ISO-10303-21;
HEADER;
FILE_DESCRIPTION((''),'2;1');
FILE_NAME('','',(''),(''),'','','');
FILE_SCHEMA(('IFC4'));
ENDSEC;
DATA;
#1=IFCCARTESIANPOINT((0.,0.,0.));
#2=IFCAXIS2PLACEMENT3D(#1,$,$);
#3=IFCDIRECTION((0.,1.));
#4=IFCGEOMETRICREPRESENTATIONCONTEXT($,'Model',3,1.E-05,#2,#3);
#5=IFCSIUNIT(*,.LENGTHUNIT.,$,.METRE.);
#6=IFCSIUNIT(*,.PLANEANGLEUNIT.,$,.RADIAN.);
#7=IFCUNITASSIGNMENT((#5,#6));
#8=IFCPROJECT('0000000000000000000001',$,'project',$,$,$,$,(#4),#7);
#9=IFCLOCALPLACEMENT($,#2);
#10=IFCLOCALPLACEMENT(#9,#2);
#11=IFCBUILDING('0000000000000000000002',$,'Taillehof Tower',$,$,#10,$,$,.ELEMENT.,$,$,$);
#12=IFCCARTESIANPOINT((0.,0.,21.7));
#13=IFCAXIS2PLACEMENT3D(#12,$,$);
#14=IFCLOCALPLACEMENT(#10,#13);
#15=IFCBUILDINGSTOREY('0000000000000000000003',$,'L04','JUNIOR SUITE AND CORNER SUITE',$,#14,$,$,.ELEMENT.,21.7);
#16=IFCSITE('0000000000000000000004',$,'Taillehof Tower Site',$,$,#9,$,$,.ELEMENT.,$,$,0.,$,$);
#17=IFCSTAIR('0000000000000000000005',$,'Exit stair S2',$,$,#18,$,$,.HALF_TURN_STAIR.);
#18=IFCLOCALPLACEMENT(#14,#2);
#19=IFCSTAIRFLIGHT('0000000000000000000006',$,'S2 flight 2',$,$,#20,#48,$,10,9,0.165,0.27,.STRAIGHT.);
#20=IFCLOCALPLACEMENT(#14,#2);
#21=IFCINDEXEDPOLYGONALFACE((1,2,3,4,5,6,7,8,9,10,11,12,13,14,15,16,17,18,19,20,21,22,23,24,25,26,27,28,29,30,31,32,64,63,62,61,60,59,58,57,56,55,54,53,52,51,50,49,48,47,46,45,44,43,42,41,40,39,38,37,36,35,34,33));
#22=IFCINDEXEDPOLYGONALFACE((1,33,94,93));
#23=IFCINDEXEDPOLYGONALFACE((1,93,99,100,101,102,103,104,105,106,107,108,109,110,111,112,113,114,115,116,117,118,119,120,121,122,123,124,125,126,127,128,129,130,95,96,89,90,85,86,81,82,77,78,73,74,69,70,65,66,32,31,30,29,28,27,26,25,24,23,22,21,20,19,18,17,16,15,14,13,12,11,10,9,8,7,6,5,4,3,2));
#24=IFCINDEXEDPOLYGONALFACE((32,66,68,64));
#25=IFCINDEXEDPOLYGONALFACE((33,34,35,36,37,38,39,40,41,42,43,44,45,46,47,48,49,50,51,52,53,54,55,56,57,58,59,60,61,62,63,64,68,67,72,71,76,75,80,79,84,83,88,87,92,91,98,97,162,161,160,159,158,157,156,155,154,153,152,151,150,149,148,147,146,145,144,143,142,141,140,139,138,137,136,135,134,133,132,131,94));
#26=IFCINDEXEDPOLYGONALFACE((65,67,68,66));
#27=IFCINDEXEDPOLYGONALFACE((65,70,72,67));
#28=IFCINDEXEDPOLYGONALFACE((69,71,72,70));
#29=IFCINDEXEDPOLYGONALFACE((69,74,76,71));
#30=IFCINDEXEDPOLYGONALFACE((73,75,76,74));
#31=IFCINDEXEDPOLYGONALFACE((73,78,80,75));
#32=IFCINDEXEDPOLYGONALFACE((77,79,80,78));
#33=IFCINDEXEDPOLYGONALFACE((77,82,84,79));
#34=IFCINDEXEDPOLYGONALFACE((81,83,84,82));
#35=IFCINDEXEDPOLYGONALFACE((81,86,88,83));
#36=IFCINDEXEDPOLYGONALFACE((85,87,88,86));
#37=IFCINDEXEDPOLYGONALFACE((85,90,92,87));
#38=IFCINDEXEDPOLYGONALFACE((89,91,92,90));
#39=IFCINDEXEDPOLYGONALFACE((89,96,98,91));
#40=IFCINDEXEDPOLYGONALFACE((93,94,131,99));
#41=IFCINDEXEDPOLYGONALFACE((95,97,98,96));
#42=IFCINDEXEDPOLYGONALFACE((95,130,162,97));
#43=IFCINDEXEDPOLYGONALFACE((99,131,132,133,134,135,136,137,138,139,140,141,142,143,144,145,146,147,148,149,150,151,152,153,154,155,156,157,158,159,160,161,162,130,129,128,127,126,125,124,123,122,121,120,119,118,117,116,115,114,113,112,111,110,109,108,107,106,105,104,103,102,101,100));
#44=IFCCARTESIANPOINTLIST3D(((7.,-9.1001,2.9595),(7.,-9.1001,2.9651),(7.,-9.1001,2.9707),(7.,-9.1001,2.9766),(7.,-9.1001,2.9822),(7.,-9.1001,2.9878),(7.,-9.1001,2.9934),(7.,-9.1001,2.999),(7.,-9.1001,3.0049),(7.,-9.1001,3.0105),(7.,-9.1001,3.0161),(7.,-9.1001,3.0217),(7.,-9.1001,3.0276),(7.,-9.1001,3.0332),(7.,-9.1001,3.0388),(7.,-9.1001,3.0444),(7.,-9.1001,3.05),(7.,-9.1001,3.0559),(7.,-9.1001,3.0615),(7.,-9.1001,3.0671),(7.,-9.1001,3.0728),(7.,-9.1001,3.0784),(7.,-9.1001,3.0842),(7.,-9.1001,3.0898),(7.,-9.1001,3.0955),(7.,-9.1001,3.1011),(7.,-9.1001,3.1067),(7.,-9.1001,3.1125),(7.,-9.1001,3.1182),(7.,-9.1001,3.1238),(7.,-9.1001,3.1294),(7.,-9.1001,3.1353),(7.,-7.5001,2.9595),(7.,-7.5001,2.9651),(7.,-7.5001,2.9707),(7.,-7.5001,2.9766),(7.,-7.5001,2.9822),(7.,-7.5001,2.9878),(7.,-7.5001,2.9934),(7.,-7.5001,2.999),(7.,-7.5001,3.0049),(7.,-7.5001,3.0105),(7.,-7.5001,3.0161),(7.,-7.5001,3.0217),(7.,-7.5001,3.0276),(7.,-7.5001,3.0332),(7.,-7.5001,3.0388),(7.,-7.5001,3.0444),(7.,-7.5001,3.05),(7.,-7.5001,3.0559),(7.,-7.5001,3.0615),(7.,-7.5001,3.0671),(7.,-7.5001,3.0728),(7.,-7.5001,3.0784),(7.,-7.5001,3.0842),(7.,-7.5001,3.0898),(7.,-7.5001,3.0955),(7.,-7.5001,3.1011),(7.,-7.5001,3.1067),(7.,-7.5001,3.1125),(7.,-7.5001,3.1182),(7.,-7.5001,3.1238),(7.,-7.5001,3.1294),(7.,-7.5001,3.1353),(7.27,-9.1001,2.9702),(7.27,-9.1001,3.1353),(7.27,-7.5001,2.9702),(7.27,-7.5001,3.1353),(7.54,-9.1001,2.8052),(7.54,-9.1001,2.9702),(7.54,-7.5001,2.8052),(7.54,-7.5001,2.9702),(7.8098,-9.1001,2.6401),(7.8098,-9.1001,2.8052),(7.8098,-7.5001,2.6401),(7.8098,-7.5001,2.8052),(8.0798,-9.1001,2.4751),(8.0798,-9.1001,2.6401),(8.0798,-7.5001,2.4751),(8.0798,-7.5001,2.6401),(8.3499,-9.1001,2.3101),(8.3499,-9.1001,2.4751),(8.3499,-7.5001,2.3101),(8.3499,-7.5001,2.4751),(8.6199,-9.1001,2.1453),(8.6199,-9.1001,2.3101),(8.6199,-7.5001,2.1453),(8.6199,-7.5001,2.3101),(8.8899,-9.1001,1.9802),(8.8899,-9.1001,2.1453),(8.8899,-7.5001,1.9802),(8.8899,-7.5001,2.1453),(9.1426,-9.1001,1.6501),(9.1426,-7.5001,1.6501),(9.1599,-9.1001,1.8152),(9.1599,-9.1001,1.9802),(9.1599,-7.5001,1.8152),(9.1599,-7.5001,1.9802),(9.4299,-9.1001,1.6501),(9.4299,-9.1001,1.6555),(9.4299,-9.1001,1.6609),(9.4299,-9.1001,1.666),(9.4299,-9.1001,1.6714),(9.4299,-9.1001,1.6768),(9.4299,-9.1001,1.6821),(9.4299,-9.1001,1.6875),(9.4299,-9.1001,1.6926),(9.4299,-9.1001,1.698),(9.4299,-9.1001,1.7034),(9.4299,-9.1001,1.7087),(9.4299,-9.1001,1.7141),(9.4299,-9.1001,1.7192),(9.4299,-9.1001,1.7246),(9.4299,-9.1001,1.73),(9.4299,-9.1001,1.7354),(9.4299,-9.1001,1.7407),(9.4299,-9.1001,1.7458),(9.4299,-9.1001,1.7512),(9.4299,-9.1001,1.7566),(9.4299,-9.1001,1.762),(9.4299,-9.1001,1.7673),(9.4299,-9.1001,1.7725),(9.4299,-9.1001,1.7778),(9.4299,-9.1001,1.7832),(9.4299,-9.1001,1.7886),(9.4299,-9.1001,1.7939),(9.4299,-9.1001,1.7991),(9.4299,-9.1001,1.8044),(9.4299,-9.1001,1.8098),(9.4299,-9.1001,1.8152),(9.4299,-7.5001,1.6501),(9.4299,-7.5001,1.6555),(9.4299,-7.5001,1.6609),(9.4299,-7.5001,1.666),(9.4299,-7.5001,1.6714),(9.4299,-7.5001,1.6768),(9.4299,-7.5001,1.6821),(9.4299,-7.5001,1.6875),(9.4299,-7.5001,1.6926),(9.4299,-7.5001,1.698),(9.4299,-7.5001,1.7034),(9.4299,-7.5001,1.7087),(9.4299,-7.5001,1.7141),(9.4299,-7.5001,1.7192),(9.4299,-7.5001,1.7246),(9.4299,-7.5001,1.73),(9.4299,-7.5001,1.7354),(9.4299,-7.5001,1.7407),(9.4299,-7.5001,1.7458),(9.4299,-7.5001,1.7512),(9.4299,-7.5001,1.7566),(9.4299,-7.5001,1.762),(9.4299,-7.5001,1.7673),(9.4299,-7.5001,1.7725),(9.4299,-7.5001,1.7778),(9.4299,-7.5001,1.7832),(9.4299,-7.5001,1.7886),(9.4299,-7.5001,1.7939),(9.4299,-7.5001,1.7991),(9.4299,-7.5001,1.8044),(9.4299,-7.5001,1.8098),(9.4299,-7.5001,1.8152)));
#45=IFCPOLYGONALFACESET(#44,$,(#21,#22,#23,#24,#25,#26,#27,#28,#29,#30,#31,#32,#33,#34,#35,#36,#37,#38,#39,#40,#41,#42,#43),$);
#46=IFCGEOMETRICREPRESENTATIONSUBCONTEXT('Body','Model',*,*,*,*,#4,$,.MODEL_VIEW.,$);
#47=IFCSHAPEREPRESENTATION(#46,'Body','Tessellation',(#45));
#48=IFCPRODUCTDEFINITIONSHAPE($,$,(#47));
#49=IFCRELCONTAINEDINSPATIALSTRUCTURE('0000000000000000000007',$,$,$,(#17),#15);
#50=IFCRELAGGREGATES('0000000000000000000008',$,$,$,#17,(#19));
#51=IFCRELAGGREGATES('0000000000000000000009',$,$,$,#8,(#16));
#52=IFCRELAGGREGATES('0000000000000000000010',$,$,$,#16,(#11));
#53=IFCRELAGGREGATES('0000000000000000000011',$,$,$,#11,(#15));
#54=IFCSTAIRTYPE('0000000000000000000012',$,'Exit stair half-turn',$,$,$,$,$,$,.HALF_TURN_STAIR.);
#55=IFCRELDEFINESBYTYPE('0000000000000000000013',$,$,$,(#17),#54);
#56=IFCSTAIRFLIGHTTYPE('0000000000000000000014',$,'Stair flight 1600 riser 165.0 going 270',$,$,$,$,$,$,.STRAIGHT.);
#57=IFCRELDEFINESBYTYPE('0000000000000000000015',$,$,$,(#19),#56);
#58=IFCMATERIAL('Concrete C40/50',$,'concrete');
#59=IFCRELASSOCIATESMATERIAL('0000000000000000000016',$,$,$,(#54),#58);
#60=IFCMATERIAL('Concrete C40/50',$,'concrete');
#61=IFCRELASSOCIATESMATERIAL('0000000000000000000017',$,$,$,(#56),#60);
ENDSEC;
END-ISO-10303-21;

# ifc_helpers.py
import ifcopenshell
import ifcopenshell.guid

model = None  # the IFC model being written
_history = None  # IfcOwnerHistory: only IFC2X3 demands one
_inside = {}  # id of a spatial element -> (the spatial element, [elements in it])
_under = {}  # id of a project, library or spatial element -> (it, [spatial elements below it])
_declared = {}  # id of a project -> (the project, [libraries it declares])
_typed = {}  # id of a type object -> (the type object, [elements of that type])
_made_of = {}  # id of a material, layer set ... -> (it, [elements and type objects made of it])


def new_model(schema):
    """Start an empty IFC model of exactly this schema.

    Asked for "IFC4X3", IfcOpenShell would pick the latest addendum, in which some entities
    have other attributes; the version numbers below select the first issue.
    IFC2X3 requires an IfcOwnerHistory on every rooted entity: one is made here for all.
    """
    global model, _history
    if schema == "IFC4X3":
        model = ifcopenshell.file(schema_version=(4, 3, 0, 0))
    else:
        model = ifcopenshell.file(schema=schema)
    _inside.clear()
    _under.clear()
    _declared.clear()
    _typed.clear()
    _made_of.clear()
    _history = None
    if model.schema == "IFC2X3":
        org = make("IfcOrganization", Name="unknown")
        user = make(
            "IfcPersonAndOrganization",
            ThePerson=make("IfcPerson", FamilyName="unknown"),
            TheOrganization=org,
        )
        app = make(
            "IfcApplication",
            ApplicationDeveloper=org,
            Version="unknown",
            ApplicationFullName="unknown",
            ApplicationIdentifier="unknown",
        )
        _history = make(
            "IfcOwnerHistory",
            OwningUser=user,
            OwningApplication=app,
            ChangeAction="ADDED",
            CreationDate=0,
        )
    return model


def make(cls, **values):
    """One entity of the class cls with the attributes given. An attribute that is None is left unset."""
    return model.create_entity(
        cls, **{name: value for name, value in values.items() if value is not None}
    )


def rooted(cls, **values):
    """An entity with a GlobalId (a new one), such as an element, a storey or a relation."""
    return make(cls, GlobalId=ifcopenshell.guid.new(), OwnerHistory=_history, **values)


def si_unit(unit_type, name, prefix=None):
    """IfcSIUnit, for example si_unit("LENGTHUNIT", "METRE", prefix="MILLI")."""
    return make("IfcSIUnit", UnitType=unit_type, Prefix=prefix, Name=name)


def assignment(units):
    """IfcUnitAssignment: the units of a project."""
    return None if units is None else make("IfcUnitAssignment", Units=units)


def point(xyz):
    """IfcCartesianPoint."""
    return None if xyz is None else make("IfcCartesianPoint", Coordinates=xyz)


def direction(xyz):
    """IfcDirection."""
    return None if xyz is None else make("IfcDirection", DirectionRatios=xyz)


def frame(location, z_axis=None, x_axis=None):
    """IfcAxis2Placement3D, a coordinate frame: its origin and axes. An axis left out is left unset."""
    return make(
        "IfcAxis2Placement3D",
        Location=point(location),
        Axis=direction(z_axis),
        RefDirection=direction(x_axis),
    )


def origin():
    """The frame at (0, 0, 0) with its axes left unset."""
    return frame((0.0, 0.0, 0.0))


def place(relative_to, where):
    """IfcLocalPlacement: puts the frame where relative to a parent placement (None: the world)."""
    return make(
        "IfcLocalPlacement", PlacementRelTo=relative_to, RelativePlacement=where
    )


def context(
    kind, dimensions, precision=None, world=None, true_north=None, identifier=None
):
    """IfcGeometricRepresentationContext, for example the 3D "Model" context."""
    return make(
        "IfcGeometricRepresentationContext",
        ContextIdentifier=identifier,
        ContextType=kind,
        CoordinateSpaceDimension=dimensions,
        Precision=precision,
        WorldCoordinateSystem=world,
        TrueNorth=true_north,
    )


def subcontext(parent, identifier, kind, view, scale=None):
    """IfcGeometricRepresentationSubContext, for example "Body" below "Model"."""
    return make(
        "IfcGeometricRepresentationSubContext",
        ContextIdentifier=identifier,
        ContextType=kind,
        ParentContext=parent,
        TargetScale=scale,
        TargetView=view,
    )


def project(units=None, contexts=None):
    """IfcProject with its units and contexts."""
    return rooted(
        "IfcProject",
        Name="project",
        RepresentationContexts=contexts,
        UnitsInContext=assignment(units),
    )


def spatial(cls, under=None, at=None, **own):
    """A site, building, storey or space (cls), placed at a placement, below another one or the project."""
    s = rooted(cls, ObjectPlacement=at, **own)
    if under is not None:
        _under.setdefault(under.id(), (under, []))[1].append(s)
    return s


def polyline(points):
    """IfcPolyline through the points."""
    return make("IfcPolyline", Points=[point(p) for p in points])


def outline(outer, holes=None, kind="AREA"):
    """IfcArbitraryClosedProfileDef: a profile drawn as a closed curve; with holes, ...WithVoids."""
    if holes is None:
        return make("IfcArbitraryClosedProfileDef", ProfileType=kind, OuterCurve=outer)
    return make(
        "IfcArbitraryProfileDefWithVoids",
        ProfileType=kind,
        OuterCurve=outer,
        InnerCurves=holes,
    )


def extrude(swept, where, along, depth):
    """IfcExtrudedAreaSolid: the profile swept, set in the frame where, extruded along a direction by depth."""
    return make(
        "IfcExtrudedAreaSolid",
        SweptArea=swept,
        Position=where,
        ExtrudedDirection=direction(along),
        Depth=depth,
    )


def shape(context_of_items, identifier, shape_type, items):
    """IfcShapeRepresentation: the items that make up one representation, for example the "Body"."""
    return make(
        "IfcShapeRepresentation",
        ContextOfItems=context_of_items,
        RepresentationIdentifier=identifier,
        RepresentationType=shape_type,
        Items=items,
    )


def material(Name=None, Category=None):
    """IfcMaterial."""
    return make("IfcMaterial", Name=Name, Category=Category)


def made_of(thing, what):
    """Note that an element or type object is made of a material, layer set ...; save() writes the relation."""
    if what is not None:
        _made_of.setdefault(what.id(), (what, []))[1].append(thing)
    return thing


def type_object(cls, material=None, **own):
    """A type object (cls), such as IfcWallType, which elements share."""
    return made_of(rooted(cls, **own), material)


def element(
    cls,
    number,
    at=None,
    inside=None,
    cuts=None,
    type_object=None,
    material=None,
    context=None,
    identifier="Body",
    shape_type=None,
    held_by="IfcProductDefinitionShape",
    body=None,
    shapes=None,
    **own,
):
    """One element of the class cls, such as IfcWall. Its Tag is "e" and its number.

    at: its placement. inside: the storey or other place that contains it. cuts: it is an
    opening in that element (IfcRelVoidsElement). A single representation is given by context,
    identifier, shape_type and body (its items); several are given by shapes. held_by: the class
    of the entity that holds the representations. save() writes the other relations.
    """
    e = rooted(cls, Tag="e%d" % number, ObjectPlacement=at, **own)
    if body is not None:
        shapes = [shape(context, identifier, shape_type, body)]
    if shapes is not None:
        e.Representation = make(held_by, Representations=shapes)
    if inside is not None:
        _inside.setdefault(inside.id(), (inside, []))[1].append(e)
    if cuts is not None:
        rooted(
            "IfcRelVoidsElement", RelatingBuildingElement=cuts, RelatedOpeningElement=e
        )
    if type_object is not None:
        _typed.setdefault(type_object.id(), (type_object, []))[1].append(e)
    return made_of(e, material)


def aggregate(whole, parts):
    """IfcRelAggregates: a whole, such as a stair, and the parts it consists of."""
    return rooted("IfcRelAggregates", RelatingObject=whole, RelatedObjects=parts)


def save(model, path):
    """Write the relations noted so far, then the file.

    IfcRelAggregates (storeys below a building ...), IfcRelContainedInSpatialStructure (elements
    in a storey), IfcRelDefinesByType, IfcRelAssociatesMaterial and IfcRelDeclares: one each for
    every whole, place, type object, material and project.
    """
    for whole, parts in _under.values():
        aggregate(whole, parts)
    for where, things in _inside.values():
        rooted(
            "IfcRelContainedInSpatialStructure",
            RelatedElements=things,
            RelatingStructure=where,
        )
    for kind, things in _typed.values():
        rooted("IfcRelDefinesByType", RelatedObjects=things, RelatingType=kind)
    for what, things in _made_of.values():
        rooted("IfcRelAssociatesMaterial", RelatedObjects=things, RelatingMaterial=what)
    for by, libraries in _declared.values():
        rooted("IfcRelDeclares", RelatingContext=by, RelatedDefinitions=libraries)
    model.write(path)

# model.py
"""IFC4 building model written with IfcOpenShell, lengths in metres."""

from ifc_helpers import new_model, si_unit, direction, frame, origin, place, context, subcontext, project, spatial, polyline, outline, extrude, material, type_object, element, aggregate, save


model = new_model("IFC4")

# Units and contexts
model_context = context("Model", 3, precision=1e-05, world=origin(), true_north=direction((0.0, 1.0)))
body_context = subcontext(model_context, "Body", "Model", "MODEL_VIEW")
ifc_project = project(units=[si_unit("LENGTHUNIT", "METRE"), si_unit("PLANEANGLEUNIT", "RADIAN")], contexts=[model_context])

# Site, building, storey
site_placement = place(None, origin())
site = spatial("IfcSite", under=ifc_project, at=site_placement, Name="Taillehof Tower Site", CompositionType="ELEMENT", RefElevation=0.0)
building_placement = place(site_placement, origin())
building = spatial("IfcBuilding", under=site, at=building_placement, Name="Taillehof Tower", CompositionType="ELEMENT")
storey_placement = place(building_placement, frame((0.0, 0.0, 21.7)))
storey = spatial("IfcBuildingStorey", under=building, at=storey_placement, Name="L04", Description="JUNIOR SUITE AND CORNER SUITE", CompositionType="ELEMENT", Elevation=21.7)

# Stair
ifc_material_1 = material(Name="Concrete C40/50", Category="concrete")
stair_type = type_object("IfcStairType", Name="Exit stair half-turn", PredefinedType="HALF_TURN_STAIR", material=ifc_material_1)
stair_1_placement = place(storey_placement, origin())
stair_1 = element("IfcStair", 1, at=stair_1_placement, inside=storey, type_object=stair_type, Name="Exit stair S2", PredefinedType="HALF_TURN_STAIR")

# Stair flight
ifc_material_2 = material(Name="Concrete C40/50", Category="concrete")
stair_flight_type = type_object("IfcStairFlightType", Name="Stair flight 1600 riser 165.0 going 270", PredefinedType="STRAIGHT", material=ifc_material_2)
stair_flight_1_placement = place(storey_placement, frame((9.4299, -8.3, 1.6501), z_axis=(0.0, 0.0, 1.0), x_axis=(-1.0, 0.0, 0.0)))
stair_flight_1 = element("IfcStairFlight", 2, at=stair_flight_1_placement, type_object=stair_flight_type, Name="S2 flight 2", NumberOfRisers=10, NumberOfTreads=9, PredefinedType="STRAIGHT", RiserHeight=0.165, TreadLength=0.27, context=body_context, shape_type="SweptSolid", body=[
    extrude(outline(polyline([(0.0, 0.0), (0.0, 0.0054), (0.0, 0.0107), (0.0, 0.0159), (0.0, 0.0212), (0.0, 0.0266), (0.0, 0.032), (0.0, 0.0374), (0.0, 0.0425), (0.0, 0.0479), (0.0, 0.0532), (0.0, 0.0586), (0.0, 0.064), (0.0, 0.0691), (0.0, 0.0745), (0.0, 0.0798), (0.0, 0.0852), (0.0, 0.0906), (0.0, 0.0957), (0.0, 0.1011), (0.0, 0.1064), (0.0, 0.1118), (0.0, 0.1172), (0.0, 0.1223), (0.0, 0.1277), (0.0, 0.1331), (0.0, 0.1384), (0.0, 0.1438), (0.0, 0.1489), (0.0, 0.1543), (0.0, 0.1597), (0.0, 0.165), (0.27, 0.165), (0.27, 0.3301), (0.54, 0.3301), (0.54, 0.4951), (0.8101, 0.4951), (0.8101, 0.6599), (1.0801, 0.6599), (1.0801, 0.825), (1.3501, 0.825), (1.3501, 0.99), (1.6201, 0.99), (1.6201, 1.155), (1.8899, 1.155), (1.8899, 1.3201), (2.1599, 1.3201), (2.1599, 1.4851), (2.4299, 1.4851), (2.4299, 1.4792), (2.4299, 1.4736), (2.4299, 1.468), (2.4299, 1.4624), (2.4299, 1.4565), (2.4299, 1.4509), (2.4299, 1.4453), (2.4299, 1.4397), (2.4299, 1.4341), (2.4299, 1.4282), (2.4299, 1.4226), (2.4299, 1.417), (2.4299, 1.4114), (2.4299, 1.4058), (2.4299, 1.3999), (2.4299, 1.3943), (2.4299, 1.3887), (2.4299, 1.3831), (2.4299, 1.3774), (2.4299, 1.3716), (2.4299, 1.366), (2.4299, 1.3604), (2.4299, 1.3547), (2.4299, 1.3489), (2.4299, 1.3433), (2.4299, 1.3376), (2.4299, 1.332), (2.4299, 1.3264), (2.4299, 1.3206), (2.4299, 1.3149), (2.4299, 1.3093), (0.2874, 0.0), (0.0, 0.0)])), frame((0.0, 0.8, 0.0), z_axis=(0.0, -1.0, 0.0), x_axis=(1.0, 0.0, 0.0)), (0.0, 0.0, 1.0), 1.6),
])
aggregate(stair_1, [stair_flight_1])

save(model, "model.ifc")
